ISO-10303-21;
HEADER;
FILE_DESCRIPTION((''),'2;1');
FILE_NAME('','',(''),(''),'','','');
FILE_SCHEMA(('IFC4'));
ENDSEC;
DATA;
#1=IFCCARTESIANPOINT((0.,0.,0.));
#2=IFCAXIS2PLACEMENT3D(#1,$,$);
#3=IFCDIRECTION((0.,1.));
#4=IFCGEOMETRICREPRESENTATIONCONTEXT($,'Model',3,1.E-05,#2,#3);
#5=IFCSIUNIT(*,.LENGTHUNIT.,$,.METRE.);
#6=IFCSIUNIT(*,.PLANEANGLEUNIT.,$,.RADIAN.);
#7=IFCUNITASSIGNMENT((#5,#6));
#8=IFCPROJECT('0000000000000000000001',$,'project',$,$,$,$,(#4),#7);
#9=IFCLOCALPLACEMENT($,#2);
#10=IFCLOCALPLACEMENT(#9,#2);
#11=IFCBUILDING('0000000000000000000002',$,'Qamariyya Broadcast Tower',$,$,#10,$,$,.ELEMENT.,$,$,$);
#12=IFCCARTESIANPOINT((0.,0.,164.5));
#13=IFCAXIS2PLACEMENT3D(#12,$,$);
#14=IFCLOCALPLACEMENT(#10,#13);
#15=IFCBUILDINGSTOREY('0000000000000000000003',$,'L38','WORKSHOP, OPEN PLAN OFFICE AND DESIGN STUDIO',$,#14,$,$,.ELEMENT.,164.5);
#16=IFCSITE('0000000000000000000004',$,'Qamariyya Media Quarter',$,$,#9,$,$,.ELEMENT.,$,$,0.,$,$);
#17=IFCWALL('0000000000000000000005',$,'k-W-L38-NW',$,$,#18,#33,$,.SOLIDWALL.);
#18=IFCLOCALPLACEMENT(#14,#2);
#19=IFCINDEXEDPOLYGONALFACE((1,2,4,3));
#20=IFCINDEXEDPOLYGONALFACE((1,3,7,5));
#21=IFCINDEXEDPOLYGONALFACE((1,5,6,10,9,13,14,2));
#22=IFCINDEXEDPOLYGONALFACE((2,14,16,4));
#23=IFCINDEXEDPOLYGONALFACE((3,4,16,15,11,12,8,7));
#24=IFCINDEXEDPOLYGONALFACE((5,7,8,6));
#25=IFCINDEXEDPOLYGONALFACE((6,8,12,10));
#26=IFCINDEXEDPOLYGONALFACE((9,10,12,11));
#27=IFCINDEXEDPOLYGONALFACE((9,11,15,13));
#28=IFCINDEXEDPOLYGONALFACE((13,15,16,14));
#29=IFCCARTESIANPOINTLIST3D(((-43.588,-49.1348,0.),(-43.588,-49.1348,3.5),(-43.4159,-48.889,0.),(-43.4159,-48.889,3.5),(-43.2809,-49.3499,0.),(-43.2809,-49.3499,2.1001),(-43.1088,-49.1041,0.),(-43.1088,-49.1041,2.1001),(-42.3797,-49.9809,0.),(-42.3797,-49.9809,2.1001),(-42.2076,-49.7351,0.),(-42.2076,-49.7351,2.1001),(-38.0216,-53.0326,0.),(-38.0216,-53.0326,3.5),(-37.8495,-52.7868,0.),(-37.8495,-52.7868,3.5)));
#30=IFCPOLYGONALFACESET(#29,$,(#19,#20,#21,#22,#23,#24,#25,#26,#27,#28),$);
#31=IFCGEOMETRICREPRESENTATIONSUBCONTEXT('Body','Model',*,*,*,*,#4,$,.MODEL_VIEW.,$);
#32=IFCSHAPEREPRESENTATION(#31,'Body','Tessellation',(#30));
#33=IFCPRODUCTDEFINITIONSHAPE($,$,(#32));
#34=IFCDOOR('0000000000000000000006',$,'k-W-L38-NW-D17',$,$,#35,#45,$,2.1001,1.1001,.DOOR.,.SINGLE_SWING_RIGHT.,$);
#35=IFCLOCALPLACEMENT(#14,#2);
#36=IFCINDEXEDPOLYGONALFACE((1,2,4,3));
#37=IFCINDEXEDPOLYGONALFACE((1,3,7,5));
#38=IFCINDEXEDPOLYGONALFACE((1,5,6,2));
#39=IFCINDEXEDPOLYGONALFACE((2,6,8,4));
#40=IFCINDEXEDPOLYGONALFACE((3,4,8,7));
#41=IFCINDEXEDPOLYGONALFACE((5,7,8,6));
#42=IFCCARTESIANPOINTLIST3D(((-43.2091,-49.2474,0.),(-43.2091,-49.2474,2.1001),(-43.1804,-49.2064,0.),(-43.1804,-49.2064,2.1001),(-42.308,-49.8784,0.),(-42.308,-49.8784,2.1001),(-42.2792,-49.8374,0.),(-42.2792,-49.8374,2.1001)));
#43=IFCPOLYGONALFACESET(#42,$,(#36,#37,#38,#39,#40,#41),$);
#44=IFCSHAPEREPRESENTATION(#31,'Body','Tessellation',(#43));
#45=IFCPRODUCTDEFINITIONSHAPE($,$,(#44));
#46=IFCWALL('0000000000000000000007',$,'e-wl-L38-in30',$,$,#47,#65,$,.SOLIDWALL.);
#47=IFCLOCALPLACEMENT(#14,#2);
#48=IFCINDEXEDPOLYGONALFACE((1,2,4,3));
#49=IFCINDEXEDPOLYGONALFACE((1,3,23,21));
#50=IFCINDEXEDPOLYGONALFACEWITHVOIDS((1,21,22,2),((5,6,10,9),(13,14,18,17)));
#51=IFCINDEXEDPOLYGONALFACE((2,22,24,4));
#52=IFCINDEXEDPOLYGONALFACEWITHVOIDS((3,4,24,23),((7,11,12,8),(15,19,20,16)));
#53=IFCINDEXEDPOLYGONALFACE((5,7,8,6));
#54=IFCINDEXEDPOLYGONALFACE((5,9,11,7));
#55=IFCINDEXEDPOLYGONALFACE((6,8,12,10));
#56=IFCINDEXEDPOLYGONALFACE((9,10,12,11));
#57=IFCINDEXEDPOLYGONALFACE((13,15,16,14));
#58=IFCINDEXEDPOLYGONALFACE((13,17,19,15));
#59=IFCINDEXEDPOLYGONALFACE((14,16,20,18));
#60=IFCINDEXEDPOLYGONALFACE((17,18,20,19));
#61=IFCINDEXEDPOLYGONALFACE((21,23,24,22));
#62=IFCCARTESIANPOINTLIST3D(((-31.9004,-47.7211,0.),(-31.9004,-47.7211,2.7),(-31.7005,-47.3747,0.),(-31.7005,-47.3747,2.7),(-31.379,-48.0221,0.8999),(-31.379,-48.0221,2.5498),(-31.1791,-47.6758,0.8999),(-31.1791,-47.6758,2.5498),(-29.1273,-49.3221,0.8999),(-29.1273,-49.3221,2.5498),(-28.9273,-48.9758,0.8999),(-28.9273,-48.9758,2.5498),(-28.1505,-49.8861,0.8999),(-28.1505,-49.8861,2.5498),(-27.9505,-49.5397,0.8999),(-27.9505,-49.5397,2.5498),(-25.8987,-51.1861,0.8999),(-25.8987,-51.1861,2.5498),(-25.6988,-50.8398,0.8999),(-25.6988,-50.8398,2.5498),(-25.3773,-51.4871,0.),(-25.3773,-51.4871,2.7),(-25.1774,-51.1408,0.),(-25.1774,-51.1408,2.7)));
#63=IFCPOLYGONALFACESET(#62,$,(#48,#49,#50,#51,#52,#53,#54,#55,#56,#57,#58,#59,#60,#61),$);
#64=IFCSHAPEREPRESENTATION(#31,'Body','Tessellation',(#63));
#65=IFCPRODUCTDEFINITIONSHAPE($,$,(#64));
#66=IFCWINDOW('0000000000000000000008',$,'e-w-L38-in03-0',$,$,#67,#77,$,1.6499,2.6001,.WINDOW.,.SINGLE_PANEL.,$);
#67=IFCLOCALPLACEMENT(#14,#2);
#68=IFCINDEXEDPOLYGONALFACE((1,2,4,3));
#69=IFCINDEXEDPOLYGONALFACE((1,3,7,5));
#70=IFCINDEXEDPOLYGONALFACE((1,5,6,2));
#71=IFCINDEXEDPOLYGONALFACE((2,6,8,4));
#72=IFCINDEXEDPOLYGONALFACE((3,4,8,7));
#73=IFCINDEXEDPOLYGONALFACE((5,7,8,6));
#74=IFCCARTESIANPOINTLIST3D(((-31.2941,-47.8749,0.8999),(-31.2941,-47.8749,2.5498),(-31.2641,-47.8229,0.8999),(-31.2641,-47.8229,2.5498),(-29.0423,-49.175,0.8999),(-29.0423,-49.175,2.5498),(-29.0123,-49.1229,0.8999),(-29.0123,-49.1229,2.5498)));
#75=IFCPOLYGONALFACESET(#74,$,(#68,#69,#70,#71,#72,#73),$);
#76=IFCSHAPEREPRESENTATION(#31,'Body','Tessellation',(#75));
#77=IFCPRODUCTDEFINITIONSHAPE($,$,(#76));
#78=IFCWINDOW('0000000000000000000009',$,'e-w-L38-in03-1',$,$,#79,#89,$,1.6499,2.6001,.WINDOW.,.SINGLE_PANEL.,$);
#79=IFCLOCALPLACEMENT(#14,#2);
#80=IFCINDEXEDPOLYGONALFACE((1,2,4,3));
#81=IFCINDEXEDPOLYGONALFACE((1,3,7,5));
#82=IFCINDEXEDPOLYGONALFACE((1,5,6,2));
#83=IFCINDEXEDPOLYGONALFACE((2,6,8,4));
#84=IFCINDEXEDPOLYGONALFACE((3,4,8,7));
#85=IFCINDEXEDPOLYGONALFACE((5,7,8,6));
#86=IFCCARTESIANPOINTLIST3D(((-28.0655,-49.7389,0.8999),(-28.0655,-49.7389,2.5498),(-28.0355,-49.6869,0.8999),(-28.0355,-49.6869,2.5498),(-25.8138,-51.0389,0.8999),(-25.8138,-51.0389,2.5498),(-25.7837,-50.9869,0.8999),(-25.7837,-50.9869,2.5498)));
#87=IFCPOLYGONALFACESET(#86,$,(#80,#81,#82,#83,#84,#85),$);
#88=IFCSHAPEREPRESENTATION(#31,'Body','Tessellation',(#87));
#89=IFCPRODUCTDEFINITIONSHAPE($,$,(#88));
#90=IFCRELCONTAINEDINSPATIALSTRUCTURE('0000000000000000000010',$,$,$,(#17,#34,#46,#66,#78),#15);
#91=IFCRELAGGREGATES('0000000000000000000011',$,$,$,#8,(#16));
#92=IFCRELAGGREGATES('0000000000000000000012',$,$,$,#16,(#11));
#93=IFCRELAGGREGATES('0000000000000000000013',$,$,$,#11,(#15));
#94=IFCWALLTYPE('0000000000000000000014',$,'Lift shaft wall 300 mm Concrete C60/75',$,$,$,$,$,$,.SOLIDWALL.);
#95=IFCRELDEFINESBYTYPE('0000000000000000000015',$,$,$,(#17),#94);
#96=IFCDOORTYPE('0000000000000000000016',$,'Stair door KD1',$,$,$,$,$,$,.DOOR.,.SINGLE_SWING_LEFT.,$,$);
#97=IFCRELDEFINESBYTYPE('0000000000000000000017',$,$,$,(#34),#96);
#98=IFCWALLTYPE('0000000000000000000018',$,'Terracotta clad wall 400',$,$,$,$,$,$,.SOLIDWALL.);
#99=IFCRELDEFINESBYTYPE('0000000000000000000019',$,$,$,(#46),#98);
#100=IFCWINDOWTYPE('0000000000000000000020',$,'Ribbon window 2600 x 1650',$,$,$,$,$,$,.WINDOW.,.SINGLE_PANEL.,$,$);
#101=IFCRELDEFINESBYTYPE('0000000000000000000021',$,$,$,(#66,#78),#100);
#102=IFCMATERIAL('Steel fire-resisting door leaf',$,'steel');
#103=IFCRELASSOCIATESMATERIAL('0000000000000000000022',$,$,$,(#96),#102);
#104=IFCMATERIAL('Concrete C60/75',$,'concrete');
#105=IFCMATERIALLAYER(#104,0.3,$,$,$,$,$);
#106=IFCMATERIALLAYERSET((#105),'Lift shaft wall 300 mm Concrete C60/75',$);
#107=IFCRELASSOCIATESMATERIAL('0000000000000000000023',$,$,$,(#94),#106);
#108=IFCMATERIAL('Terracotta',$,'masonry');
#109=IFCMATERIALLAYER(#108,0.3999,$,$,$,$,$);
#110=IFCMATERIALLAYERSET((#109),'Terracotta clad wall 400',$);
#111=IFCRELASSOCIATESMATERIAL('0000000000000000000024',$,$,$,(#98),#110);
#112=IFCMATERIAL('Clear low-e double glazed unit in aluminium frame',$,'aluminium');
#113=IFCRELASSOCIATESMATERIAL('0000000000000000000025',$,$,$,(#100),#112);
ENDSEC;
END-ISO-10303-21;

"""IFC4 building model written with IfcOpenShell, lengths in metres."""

from ifc_helpers import new_model, si_unit, direction, frame, frame_2d, origin, place, context, subcontext, project, spatial, rectangle, extrude, material, layer, layer_set, type_object, element, fill, save


model = new_model("IFC4")

# Units and contexts
model_context = context("Model", 3, precision=1e-05, world=origin(), true_north=direction((0.0, 1.0)))
body_context = subcontext(model_context, "Body", "Model", "MODEL_VIEW")
ifc_project = project(units=[si_unit("LENGTHUNIT", "METRE"), si_unit("PLANEANGLEUNIT", "RADIAN")], contexts=[model_context])

# Site, building, storey
site_placement = place(None, origin())
site = spatial("IfcSite", under=ifc_project, at=site_placement, Name="Qamariyya Media Quarter", CompositionType="ELEMENT", RefElevation=0.0)
building_placement = place(site_placement, origin())
building = spatial("IfcBuilding", under=site, at=building_placement, Name="Qamariyya Broadcast Tower", CompositionType="ELEMENT")
storey_placement = place(building_placement, frame((0.0, 0.0, 164.5)))
storey = spatial("IfcBuildingStorey", under=building, at=storey_placement, Name="L38", Description="WORKSHOP, OPEN PLAN OFFICE AND DESIGN STUDIO", CompositionType="ELEMENT", Elevation=164.5)

# Shared definitions
ifc_material_1 = material(Name="Concrete C60/75", Category="concrete")

# Shared definitions
ifc_material_2 = material(Name="Steel fire-resisting door leaf", Category="steel")
door_type_1 = type_object("IfcDoorType", Name="Stair door KD1", OperationType="SINGLE_SWING_LEFT", PredefinedType="DOOR", material=ifc_material_2)

# Shared definitions
ifc_layer_1 = layer(ifc_material_1, 0.3)
ifc_layer_set_1 = layer_set([ifc_layer_1], Name="Lift shaft wall 300 mm Concrete C60/75")
wall_type_1 = type_object("IfcWallType", Name="Lift shaft wall 300 mm Concrete C60/75", PredefinedType="SOLIDWALL", material=ifc_layer_set_1)

# Wall, opening, door
wall_1_placement = place(storey_placement, frame((-37.9355, -52.9097, 0.0), z_axis=(0.0, 0.0, 1.0), x_axis=(-0.819148, 0.573583, 0.0)))
wall_1 = element("IfcWall", 1, at=wall_1_placement, inside=storey, type_object=wall_type_1, Name="k-W-L38-NW", PredefinedType="SOLIDWALL", context=body_context, shape_type="SweptSolid", body=[
    extrude(rectangle(XDim=6.7954, YDim=0.3, at=frame_2d((3.3977, 0.0))), origin(), (0.0, 0.0, 1.0), 3.5),
])
opening_1_placement = place(wall_1_placement, frame((5.3203, 0.0, 0.0)))
opening_1 = element("IfcOpeningElement", 2, at=opening_1_placement, cuts=wall_1, PredefinedType="OPENING", context=body_context, shape_type="SweptSolid", body=[
    extrude(rectangle(XDim=1.1001, YDim=2.1001, at=frame_2d((0.55, 1.05))), frame((0.0, 0.1599, 0.0), z_axis=(0.0, -1.0, 0.0), x_axis=(1.0, 0.0, 0.0)), (0.0, 0.0, 1.0), 0.3201),
])
door_1_placement = place(opening_1_placement, origin())
door_1 = element("IfcDoor", 3, at=door_1_placement, inside=storey, type_object=door_type_1, Name="k-W-L38-NW-D17", OperationType="SINGLE_SWING_RIGHT", OverallHeight=2.1001, OverallWidth=1.1001, PredefinedType="DOOR", context=body_context, shape_type="SweptSolid", body=[
    extrude(rectangle(XDim=1.1001, YDim=2.1001, at=frame_2d((0.55, 1.05))), frame((0.0, 0.0249, 0.0), z_axis=(0.0, -1.0, 0.0), x_axis=(1.0, 0.0, 0.0)), (0.0, 0.0, 1.0), 0.05),
])
fill(opening_1, door_1)

# Wall, openings, windows
ifc_material_3 = material(Name="Terracotta", Category="masonry")
ifc_layer_2 = layer(ifc_material_3, 0.3999)
ifc_layer_set_2 = layer_set([ifc_layer_2], Name="Terracotta clad wall 400")
wall_type_2 = type_object("IfcWallType", Name="Terracotta clad wall 400", PredefinedType="SOLIDWALL", material=ifc_layer_set_2)
wall_2_placement = place(storey_placement, frame((-25.2773, -51.314, 0.0), z_axis=(0.0, 0.0, 1.0), x_axis=(-0.866029, 0.499995, 0.0)))
wall_2 = element("IfcWall", 4, at=wall_2_placement, inside=storey, type_object=wall_type_2, Name="e-wl-L38-in30", PredefinedType="SOLIDWALL", context=body_context, shape_type="SweptSolid", body=[
    extrude(rectangle(XDim=7.5322, YDim=0.3999, at=frame_2d((3.7661, 0.0))), origin(), (0.0, 0.0, 1.0), 2.7),
])
opening_2_placement = place(wall_2_placement, frame((4.3301, 0.0, 0.8999)))
opening_2 = element("IfcOpeningElement", 5, at=opening_2_placement, cuts=wall_2, PredefinedType="OPENING", context=body_context, shape_type="SweptSolid", body=[
    extrude(rectangle(XDim=2.6001, YDim=1.6499, at=frame_2d((1.3, 0.825))), frame((0.0, 0.21, 0.0), z_axis=(0.0, -1.0, 0.0), x_axis=(1.0, 0.0, 0.0)), (0.0, 0.0, 1.0), 0.4199),
])
opening_3_placement = place(wall_2_placement, frame((0.6021, 0.0, 0.8999)))
opening_3 = element("IfcOpeningElement", 6, at=opening_3_placement, cuts=wall_2, PredefinedType="OPENING", context=body_context, shape_type="SweptSolid", body=[
    extrude(rectangle(XDim=2.6001, YDim=1.6499, at=frame_2d((1.3, 0.825))), frame((0.0, 0.21, 0.0), z_axis=(0.0, -1.0, 0.0), x_axis=(1.0, 0.0, 0.0)), (0.0, 0.0, 1.0), 0.4199),
])
ifc_material_4 = material(Name="Clear low-e double glazed unit in aluminium frame", Category="aluminium")
window_type = type_object("IfcWindowType", Name="Ribbon window 2600 x 1650", PartitioningType="SINGLE_PANEL", PredefinedType="WINDOW", material=ifc_material_4)
window_1_placement = place(opening_2_placement, origin())
window_1 = element("IfcWindow", 7, at=window_1_placement, inside=storey, type_object=window_type, Name="e-w-L38-in03-0", OverallHeight=1.6499, OverallWidth=2.6001, PartitioningType="SINGLE_PANEL", PredefinedType="WINDOW", context=body_context, shape_type="SweptSolid", body=[
    extrude(rectangle(XDim=2.6001, YDim=1.6499, at=frame_2d((1.3, 0.825))), frame((0.0, 0.03, 0.0), z_axis=(0.0, -1.0, 0.0), x_axis=(1.0, 0.0, 0.0)), (0.0, 0.0, 1.0), 0.0601),
])
fill(opening_2, window_1)
window_2_placement = place(opening_3_placement, origin())
window_2 = element("IfcWindow", 8, at=window_2_placement, inside=storey, type_object=window_type, Name="e-w-L38-in03-1", OverallHeight=1.6499, OverallWidth=2.6001, PartitioningType="SINGLE_PANEL", PredefinedType="WINDOW", context=body_context, shape_type="SweptSolid", body=[
    extrude(rectangle(XDim=2.6001, YDim=1.6499, at=frame_2d((1.3, 0.825))), frame((0.0, 0.03, 0.0), z_axis=(0.0, -1.0, 0.0), x_axis=(1.0, 0.0, 0.0)), (0.0, 0.0, 1.0), 0.0601),
])
fill(opening_3, window_2)

save(model, "model.ifc")
